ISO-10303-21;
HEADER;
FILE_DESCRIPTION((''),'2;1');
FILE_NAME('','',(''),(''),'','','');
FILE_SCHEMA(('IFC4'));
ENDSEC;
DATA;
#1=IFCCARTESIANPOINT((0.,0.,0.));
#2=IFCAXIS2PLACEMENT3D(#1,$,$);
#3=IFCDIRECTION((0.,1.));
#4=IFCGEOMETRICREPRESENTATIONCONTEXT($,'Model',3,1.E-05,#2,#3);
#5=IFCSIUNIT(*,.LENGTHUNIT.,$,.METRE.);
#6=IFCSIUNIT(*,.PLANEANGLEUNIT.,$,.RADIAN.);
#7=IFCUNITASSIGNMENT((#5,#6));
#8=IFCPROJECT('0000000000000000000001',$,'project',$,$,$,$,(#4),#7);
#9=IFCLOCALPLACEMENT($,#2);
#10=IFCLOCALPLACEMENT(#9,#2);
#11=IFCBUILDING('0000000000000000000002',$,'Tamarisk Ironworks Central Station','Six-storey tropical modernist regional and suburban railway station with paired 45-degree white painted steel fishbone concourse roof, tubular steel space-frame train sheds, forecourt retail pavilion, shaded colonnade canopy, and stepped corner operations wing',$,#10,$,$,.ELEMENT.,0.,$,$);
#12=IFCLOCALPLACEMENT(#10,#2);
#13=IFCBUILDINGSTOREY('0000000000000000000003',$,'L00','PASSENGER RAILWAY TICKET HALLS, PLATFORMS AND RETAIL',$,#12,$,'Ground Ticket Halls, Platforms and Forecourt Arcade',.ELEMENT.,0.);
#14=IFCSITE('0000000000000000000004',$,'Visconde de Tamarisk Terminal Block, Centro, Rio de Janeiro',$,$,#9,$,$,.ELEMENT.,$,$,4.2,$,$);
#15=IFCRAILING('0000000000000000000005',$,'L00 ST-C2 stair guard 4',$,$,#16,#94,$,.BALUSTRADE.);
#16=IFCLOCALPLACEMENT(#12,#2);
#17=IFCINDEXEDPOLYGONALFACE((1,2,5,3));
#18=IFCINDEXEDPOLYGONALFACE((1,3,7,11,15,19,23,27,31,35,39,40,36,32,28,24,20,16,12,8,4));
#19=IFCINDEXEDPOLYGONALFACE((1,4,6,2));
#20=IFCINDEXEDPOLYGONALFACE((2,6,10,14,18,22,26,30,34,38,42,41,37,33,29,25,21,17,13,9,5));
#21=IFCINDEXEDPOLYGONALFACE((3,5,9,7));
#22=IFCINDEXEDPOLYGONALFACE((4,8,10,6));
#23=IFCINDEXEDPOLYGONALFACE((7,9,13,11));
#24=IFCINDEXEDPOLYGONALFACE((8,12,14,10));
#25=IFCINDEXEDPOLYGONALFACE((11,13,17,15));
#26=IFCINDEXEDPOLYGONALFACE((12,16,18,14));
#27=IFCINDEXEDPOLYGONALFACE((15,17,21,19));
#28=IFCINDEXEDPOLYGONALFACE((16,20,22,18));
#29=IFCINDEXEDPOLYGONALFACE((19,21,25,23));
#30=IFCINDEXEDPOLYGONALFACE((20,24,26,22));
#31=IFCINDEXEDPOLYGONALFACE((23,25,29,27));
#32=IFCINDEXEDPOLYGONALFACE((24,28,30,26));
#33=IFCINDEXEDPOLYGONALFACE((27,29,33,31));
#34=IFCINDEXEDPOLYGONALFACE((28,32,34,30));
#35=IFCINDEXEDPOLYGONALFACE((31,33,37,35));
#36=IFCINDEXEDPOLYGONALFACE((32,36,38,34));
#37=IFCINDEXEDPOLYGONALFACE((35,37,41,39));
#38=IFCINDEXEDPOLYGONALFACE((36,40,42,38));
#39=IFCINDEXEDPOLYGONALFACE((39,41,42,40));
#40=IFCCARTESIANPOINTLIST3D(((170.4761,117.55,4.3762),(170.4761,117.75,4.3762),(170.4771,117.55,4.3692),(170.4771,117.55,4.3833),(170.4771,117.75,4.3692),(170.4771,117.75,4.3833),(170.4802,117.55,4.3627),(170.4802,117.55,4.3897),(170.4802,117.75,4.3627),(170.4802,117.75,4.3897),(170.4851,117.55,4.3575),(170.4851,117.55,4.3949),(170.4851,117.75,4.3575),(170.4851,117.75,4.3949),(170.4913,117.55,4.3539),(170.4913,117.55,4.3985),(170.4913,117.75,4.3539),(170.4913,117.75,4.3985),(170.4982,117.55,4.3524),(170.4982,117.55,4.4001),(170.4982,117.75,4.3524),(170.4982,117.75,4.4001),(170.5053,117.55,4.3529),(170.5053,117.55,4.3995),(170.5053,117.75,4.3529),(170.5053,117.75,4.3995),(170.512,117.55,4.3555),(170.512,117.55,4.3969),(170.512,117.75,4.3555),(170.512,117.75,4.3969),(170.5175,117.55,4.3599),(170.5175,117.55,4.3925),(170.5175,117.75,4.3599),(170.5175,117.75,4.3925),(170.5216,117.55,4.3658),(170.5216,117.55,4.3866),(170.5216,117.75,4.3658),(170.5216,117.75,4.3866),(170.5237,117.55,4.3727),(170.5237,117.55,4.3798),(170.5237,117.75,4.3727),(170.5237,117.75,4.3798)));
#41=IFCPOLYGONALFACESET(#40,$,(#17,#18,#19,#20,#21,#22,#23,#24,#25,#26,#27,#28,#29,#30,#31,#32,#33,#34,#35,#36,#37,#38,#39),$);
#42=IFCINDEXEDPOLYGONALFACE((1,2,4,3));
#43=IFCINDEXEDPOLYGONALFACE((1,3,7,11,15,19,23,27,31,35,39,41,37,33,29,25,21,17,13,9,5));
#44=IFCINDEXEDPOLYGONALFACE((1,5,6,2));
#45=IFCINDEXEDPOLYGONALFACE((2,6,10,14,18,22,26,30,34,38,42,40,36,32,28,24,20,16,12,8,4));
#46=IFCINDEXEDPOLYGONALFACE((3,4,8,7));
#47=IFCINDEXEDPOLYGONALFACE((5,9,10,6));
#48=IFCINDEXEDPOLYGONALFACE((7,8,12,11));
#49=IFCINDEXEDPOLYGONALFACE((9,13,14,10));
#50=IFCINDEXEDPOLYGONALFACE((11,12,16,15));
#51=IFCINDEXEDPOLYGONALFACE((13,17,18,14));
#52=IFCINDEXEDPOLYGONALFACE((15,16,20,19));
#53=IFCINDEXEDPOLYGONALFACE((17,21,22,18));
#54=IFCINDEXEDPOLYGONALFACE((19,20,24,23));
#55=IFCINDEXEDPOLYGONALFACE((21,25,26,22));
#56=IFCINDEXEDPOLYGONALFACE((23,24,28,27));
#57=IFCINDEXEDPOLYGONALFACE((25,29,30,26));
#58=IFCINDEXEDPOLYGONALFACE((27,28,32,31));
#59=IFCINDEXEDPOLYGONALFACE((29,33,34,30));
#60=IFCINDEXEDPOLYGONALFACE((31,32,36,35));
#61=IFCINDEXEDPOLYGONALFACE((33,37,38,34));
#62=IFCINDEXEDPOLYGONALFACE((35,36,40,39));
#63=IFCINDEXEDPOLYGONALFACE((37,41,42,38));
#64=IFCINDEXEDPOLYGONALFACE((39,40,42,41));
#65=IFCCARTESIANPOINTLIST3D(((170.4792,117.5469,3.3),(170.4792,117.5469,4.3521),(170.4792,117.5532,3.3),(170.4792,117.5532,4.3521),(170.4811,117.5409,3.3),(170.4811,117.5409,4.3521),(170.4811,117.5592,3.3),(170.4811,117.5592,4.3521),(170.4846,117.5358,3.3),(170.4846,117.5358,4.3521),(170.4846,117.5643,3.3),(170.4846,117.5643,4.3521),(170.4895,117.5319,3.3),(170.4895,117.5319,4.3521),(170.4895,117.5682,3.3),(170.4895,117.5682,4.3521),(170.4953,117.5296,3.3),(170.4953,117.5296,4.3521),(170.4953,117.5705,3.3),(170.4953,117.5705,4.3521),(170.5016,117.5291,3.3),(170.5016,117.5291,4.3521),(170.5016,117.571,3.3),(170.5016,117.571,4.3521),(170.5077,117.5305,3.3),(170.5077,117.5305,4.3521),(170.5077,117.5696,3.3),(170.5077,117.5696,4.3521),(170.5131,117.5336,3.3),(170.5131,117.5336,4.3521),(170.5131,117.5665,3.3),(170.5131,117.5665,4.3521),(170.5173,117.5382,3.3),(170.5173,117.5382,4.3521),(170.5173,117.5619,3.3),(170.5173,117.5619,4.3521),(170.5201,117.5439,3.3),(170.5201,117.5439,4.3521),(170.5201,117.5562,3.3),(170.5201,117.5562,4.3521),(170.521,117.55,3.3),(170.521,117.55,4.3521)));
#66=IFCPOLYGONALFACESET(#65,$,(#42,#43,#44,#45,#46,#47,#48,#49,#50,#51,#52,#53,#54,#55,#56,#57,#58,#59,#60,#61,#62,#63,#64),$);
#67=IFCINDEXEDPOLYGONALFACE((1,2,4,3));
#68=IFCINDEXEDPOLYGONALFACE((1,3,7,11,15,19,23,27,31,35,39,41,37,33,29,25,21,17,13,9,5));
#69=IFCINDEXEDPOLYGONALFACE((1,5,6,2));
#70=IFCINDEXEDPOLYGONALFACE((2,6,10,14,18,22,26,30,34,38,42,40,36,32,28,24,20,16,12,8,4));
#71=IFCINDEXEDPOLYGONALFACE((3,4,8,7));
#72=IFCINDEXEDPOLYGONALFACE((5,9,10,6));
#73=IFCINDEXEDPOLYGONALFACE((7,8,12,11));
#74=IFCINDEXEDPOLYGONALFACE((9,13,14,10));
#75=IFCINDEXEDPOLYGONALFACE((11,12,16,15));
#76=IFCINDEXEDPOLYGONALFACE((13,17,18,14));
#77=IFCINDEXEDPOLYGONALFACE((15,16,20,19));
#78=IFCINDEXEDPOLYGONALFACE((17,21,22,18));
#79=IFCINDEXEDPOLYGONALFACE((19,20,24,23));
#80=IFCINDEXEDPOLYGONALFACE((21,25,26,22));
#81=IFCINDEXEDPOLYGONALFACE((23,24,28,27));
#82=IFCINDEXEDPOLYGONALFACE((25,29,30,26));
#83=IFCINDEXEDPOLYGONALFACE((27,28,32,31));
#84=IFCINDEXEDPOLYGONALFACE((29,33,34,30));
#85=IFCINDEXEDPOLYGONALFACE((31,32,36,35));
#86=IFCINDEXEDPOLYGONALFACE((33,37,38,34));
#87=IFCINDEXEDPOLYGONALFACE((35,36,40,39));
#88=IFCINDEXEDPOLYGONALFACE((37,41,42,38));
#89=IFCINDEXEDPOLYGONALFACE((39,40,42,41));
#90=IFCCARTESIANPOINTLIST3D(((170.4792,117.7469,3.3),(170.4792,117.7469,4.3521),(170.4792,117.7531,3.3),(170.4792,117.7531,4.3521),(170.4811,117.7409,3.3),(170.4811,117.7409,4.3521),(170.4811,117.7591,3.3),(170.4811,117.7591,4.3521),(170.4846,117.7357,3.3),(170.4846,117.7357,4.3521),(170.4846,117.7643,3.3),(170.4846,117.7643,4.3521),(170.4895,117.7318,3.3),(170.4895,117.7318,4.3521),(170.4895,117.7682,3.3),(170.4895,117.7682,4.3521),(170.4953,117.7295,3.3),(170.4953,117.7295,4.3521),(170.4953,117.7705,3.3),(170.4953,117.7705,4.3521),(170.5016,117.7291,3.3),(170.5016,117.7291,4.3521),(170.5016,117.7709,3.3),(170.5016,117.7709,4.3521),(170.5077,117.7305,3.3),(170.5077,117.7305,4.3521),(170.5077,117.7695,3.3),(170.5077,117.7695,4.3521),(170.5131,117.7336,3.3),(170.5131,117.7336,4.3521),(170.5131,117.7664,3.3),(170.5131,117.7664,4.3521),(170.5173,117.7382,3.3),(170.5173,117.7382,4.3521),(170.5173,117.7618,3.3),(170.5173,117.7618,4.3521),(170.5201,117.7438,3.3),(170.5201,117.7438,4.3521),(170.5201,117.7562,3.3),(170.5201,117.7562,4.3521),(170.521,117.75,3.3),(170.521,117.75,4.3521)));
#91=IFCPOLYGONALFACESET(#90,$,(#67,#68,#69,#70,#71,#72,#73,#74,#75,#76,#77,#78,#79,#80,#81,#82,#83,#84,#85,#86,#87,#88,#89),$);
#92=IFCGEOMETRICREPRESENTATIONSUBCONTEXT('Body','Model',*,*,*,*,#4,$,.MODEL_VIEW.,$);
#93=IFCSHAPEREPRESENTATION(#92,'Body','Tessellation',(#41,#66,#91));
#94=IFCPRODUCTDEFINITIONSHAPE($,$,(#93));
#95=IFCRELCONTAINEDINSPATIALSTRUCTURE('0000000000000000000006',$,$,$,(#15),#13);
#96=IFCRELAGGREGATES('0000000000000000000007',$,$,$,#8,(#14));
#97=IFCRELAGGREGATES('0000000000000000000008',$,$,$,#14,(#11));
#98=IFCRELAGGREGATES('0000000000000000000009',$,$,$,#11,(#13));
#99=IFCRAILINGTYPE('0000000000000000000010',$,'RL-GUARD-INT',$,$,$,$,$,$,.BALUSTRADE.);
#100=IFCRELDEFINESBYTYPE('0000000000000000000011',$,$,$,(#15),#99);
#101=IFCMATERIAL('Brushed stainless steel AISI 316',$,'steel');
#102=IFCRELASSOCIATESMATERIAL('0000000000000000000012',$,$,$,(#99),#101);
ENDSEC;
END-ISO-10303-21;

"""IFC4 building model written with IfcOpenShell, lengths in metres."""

from ifc_helpers import new_model, si_unit, direction, frame, origin, origin_2d, place, context, subcontext, project, spatial, circle, extrude, material, type_object, element, save


model = new_model("IFC4")

# Units and contexts
model_context = context("Model", 3, precision=1e-05, world=origin(), true_north=direction((0.0, 1.0)))
body_context = subcontext(model_context, "Body", "Model", "MODEL_VIEW")
ifc_project = project(units=[si_unit("LENGTHUNIT", "METRE"), si_unit("PLANEANGLEUNIT", "RADIAN")], contexts=[model_context])

# Site, building, storey
site_placement = place(None, origin())
site = spatial("IfcSite", under=ifc_project, at=site_placement, Name="Visconde de Tamarisk Terminal Block, Centro, Rio de Janeiro", CompositionType="ELEMENT", RefElevation=4.2)
building_placement = place(site_placement, origin())
building = spatial("IfcBuilding", under=site, at=building_placement, Name="Tamarisk Ironworks Central Station", Description="Six-storey tropical modernist regional and suburban railway station with paired 45-degree white painted steel fishbone concourse roof, tubular steel space-frame train sheds, forecourt retail pavilion, shaded colonnade canopy, and stepped corner operations wing", CompositionType="ELEMENT", ElevationOfRefHeight=0.0)
storey_placement = place(building_placement, origin())
storey = spatial("IfcBuildingStorey", under=building, at=storey_placement, Name="L00", Description="PASSENGER RAILWAY TICKET HALLS, PLATFORMS AND RETAIL", LongName="Ground Ticket Halls, Platforms and Forecourt Arcade", CompositionType="ELEMENT", Elevation=0.0)

# Railing
ifc_material_1 = material(Name="Brushed stainless steel AISI 316", Category="steel")
railing_type_1 = type_object("IfcRailingType", Name="RL-GUARD-INT", PredefinedType="BALUSTRADE", material=ifc_material_1)
railing_1_placement = place(storey_placement, frame((170.5, 117.55, 3.3)))
element("IfcRailing", 1, at=railing_1_placement, inside=storey, type_object=railing_type_1, Name="L00 ST-C2 stair guard 4", PredefinedType="BALUSTRADE", context=body_context, shape_type="SweptSolid", body=[
    extrude(circle(Radius=0.0239, at=origin_2d()), frame((0.0, 0.0, 1.0762), z_axis=(0.0, 1.0, 0.0), x_axis=(-1.0, 0.0, 0.0)), (0.0, 0.0, 1.0), 0.2),
    extrude(circle(Radius=0.021, at=origin_2d()), origin(), (0.0, 0.0, 1.0), 1.052),
    extrude(circle(Radius=0.021, at=origin_2d()), frame((0.0, 0.2, 0.0)), (0.0, 0.0, 1.0), 1.052),
])

save(model, "model.ifc")
